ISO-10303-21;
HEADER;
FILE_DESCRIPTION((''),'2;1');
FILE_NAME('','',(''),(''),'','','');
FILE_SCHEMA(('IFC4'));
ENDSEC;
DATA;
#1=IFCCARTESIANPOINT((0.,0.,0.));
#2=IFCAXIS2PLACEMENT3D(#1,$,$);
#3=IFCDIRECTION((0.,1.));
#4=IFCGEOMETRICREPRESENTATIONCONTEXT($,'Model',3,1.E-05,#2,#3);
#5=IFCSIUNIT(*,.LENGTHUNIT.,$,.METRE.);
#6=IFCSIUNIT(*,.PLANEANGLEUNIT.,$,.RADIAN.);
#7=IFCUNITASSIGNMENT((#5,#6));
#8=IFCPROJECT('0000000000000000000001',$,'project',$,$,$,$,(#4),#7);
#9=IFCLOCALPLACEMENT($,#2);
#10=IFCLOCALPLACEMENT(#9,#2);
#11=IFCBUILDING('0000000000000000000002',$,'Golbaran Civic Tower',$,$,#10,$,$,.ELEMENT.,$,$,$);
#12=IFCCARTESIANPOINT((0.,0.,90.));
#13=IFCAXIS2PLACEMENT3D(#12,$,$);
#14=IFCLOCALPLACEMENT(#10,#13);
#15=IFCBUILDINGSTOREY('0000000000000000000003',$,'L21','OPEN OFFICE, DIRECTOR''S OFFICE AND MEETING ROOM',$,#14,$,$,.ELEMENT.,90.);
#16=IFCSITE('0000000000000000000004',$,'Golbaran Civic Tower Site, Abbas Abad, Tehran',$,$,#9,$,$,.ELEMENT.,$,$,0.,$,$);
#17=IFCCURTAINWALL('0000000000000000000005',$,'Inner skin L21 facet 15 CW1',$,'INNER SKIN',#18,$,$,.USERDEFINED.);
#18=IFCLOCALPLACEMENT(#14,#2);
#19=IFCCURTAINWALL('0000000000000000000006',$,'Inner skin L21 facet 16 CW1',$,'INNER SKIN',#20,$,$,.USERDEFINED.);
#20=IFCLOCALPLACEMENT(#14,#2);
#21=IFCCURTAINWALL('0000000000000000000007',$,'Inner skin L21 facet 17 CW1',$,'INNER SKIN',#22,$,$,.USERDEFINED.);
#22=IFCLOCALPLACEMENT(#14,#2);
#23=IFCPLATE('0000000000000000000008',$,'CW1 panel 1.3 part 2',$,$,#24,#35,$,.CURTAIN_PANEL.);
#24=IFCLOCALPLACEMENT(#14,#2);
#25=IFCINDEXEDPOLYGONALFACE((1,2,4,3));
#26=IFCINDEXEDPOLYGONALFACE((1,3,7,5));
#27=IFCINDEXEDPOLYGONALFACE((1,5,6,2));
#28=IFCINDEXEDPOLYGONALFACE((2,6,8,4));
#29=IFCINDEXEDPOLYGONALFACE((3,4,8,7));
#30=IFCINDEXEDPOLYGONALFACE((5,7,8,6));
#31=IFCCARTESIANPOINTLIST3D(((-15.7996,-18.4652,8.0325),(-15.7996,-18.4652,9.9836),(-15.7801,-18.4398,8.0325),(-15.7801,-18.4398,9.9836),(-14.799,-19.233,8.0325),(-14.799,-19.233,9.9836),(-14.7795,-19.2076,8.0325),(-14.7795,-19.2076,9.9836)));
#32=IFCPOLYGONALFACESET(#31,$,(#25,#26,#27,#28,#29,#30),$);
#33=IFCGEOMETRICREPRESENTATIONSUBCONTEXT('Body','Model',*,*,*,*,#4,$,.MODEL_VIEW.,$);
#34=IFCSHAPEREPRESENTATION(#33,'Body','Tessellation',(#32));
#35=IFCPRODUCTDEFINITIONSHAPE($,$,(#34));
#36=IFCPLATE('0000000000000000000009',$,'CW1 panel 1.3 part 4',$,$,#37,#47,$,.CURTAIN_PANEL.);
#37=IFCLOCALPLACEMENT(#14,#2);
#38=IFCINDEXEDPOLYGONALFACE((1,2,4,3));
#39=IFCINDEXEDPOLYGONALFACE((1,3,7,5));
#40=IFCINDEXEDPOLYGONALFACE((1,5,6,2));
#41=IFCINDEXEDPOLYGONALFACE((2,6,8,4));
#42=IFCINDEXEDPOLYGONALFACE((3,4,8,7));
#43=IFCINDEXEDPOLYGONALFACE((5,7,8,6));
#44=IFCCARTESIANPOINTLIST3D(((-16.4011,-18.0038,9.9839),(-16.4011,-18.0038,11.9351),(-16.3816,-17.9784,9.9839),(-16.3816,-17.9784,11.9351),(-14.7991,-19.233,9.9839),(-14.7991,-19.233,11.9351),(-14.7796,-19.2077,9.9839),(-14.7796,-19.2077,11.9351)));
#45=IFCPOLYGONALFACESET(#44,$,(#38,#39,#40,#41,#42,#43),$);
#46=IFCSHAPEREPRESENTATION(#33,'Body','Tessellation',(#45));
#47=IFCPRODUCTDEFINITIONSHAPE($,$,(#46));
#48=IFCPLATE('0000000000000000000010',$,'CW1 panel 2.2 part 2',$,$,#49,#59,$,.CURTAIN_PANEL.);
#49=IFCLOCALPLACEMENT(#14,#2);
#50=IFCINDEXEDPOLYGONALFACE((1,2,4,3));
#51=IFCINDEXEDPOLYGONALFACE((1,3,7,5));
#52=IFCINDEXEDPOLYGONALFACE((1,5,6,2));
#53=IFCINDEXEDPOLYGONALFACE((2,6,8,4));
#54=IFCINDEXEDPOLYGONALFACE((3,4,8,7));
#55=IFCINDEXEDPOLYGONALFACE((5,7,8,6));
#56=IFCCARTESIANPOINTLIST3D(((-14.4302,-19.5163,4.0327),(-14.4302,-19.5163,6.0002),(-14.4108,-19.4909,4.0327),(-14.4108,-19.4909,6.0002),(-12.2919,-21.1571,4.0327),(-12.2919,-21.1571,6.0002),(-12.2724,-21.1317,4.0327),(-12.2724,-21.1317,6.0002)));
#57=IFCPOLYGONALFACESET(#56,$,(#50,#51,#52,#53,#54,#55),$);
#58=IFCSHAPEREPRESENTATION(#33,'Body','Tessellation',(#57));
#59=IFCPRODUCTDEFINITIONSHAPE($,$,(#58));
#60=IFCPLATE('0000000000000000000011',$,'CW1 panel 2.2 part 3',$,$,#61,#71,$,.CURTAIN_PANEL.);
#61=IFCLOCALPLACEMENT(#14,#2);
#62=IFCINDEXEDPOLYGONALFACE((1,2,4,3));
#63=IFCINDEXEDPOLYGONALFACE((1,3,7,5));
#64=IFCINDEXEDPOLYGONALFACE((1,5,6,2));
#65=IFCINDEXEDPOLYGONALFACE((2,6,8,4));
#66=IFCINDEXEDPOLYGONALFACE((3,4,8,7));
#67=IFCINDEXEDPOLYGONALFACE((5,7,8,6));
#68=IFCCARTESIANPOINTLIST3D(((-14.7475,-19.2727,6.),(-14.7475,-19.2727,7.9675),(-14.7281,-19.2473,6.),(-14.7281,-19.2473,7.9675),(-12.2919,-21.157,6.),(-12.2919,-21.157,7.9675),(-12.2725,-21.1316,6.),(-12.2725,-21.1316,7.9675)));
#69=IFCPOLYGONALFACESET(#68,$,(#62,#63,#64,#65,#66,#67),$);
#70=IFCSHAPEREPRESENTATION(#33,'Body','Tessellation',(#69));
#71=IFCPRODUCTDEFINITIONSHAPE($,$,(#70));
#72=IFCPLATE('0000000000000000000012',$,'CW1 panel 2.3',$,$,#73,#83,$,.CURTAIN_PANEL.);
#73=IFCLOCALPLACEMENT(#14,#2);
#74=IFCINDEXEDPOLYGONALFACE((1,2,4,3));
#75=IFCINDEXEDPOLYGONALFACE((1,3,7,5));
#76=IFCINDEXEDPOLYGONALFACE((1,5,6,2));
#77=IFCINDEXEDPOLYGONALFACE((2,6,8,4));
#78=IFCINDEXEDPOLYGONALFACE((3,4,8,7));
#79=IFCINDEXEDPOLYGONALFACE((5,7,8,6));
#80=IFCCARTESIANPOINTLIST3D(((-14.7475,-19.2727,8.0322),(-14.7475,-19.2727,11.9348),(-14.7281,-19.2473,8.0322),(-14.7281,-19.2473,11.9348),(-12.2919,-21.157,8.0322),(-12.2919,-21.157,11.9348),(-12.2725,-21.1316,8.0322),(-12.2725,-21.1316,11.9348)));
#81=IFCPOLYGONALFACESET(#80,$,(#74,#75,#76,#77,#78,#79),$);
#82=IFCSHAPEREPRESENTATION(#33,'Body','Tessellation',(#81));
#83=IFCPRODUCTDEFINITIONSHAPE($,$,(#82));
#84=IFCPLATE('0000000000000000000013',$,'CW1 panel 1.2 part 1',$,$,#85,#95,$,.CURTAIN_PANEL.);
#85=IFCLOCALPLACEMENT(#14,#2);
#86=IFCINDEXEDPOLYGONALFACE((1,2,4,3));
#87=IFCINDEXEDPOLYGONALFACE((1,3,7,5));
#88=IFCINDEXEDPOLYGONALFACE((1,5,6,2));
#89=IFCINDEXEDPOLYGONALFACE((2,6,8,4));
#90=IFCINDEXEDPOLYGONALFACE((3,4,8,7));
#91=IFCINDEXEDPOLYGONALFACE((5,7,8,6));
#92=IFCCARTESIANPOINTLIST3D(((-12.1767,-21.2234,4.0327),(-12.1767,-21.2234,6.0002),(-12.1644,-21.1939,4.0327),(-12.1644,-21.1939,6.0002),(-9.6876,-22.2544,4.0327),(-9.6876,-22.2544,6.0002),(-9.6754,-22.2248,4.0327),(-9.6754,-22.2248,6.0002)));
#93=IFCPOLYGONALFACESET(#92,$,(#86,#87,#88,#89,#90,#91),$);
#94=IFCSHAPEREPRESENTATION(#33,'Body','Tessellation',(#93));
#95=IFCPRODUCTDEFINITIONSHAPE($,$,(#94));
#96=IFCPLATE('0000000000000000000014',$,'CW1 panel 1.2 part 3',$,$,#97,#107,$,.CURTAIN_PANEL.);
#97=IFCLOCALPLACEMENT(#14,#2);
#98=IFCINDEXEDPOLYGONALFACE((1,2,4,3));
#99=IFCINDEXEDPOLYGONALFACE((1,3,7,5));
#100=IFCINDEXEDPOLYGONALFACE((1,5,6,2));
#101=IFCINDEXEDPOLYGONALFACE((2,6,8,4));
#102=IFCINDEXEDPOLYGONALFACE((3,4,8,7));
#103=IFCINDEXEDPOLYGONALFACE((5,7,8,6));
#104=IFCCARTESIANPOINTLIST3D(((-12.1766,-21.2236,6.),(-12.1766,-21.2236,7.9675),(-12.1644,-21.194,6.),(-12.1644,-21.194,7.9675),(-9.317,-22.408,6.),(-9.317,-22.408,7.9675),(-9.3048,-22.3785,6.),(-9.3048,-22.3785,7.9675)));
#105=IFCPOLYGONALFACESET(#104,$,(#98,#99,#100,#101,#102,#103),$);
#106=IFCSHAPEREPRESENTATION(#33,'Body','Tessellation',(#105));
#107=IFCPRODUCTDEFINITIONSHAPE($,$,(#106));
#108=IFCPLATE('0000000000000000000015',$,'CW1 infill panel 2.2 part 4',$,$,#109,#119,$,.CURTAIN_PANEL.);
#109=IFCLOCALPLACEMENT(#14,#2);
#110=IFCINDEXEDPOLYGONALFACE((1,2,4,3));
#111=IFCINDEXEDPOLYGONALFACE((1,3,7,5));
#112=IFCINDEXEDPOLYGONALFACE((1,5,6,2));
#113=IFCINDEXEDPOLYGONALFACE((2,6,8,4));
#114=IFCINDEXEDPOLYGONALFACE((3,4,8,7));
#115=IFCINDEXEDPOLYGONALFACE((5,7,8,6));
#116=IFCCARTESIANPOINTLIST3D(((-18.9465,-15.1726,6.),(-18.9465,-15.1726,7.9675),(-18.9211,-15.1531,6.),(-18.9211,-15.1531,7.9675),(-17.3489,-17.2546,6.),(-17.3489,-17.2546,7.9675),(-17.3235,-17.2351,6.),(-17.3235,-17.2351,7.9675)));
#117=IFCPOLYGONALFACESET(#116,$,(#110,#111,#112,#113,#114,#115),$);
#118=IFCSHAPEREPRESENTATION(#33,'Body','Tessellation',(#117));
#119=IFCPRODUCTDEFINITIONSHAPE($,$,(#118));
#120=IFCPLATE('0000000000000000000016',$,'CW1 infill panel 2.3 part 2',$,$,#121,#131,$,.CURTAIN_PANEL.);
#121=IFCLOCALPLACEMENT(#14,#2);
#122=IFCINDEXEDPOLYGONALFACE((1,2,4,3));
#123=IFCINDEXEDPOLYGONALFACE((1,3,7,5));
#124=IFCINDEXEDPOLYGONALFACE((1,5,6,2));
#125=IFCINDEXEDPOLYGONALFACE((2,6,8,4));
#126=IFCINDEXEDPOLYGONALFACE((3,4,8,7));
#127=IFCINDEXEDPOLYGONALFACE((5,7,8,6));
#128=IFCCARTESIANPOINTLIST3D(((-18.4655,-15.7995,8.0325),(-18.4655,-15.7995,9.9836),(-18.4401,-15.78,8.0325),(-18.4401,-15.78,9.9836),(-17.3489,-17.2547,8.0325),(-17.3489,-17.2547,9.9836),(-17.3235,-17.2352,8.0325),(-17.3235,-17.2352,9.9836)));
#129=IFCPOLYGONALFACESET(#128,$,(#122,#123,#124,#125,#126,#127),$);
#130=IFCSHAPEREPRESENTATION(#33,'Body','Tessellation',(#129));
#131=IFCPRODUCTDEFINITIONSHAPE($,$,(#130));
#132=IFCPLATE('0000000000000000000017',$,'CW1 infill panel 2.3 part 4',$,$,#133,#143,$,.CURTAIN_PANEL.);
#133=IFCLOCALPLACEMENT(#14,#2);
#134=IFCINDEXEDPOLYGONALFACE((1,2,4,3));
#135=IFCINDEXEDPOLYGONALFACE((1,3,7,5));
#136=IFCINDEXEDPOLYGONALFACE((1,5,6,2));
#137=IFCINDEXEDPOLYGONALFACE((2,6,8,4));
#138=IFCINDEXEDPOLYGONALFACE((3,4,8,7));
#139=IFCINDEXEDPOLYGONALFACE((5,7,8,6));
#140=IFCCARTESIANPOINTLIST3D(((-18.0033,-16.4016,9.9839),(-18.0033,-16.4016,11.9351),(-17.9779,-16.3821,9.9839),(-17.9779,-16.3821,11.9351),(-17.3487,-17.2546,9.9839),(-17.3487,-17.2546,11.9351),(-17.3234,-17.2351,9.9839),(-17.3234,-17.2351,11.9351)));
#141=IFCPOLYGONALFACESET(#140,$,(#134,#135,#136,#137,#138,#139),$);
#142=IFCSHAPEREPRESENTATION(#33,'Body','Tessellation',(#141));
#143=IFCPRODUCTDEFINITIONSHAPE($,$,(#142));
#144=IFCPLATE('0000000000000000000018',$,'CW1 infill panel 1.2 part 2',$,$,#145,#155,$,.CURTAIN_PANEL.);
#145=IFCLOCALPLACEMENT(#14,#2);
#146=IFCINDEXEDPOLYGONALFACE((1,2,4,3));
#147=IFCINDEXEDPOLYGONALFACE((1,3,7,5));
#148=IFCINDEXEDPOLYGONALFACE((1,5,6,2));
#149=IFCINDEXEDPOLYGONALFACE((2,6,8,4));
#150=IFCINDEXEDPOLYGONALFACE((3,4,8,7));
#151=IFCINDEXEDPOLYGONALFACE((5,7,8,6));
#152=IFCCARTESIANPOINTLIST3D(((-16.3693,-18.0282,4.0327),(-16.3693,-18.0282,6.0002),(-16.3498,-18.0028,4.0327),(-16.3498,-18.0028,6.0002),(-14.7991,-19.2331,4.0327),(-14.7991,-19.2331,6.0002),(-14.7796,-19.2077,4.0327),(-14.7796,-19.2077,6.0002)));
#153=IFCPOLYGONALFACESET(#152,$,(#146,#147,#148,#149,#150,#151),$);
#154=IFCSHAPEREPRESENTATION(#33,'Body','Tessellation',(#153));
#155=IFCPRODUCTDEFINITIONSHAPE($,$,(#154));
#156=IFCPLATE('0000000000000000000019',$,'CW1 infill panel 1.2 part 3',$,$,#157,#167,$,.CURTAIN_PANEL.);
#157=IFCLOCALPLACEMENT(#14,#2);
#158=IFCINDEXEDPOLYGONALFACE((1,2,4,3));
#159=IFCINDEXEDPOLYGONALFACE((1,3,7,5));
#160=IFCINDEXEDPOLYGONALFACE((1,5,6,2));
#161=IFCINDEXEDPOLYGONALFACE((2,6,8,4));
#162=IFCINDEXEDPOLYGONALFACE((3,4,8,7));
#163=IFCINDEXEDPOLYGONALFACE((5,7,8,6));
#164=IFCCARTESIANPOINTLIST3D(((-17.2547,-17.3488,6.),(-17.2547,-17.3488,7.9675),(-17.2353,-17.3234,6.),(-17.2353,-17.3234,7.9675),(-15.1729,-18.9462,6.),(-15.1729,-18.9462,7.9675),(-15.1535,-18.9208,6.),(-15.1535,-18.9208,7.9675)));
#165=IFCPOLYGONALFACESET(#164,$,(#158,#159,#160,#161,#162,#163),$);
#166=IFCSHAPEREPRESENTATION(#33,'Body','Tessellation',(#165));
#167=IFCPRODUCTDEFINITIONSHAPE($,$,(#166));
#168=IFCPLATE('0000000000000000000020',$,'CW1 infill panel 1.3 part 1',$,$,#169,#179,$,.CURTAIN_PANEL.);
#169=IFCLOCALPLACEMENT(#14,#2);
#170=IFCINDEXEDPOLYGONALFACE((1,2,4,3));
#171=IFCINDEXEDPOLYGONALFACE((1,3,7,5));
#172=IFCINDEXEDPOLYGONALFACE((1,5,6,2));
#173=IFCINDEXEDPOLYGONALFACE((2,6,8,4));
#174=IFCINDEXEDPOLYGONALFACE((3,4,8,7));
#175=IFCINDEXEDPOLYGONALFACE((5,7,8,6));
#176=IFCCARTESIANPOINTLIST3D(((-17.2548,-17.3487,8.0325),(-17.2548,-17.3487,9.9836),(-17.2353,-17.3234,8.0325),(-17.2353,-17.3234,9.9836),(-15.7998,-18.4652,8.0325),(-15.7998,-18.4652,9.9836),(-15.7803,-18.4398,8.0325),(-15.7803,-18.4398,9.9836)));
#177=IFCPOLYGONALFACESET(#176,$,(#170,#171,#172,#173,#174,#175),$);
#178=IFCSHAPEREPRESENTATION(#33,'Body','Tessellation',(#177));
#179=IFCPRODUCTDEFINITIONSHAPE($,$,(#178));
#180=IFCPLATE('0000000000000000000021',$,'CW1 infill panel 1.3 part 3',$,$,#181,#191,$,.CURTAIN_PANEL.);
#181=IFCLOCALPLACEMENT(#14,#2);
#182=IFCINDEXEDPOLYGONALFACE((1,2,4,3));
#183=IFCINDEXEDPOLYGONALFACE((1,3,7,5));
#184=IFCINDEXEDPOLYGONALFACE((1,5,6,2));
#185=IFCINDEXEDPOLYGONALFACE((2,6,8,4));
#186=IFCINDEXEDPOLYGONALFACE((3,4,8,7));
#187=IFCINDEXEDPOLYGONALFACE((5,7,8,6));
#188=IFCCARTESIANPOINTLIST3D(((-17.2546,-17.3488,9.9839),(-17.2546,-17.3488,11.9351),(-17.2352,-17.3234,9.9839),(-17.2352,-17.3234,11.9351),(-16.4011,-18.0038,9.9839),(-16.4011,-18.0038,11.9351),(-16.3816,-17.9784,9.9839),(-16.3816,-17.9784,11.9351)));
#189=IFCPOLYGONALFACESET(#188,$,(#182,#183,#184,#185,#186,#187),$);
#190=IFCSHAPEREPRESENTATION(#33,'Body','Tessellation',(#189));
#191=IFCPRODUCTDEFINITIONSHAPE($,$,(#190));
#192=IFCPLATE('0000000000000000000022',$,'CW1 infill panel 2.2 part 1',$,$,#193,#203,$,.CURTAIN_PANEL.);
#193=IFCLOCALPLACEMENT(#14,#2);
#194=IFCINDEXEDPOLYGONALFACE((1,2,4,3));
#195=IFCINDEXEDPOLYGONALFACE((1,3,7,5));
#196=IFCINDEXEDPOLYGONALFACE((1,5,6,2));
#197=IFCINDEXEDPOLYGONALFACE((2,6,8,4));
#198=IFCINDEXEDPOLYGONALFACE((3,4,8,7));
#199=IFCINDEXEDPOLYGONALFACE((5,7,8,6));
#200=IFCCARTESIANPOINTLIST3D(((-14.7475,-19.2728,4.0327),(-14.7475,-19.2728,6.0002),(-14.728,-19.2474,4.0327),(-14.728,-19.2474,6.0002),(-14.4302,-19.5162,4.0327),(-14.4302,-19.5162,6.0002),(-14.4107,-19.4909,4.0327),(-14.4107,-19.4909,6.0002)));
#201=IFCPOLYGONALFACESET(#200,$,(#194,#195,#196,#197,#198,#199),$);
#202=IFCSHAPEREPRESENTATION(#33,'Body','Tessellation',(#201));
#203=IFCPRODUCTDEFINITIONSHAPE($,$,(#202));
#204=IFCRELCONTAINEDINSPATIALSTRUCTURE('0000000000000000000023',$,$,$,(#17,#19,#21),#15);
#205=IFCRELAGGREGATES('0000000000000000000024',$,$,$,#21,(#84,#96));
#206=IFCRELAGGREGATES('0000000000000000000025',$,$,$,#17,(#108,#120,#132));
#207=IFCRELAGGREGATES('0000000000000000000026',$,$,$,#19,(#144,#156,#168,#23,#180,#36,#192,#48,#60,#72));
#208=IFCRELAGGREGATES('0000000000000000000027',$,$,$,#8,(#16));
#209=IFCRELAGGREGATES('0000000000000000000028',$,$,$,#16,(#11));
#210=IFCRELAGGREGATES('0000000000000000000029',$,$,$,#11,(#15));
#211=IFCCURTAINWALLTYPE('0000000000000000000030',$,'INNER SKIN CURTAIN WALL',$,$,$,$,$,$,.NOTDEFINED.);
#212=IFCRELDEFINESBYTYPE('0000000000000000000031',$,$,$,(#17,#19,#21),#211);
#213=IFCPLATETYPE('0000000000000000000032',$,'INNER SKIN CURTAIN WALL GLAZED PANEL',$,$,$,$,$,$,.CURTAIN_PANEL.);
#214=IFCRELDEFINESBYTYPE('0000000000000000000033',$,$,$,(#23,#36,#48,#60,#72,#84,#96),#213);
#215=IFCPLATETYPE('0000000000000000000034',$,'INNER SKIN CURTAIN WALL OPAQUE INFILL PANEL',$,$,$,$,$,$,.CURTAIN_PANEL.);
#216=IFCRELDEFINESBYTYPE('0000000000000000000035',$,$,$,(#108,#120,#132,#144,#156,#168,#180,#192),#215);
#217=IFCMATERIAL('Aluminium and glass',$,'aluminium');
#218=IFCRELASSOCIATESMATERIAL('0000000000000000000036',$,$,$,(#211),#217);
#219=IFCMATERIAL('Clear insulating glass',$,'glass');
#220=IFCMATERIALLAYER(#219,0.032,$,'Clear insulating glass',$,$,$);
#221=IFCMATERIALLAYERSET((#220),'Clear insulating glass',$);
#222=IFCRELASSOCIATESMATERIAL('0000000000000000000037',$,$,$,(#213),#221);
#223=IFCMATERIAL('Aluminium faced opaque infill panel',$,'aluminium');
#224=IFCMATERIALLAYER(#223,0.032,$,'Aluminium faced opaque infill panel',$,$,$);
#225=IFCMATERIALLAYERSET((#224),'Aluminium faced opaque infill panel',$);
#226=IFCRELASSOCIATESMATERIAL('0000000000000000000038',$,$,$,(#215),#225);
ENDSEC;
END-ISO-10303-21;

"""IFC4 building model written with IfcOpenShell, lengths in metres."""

from ifc_helpers import new_model, si_unit, direction, frame, origin, origin_2d, place, context, subcontext, project, spatial, rectangle, extrude, material, layer, layer_set, type_object, element, aggregate, save


model = new_model("IFC4")

# Units and contexts
model_context = context("Model", 3, precision=1e-05, world=origin(), true_north=direction((0.0, 1.0)))
body_context = subcontext(model_context, "Body", "Model", "MODEL_VIEW")
ifc_project = project(units=[si_unit("LENGTHUNIT", "METRE"), si_unit("PLANEANGLEUNIT", "RADIAN")], contexts=[model_context])

# Site, building, storey
site_placement = place(None, origin())
site = spatial("IfcSite", under=ifc_project, at=site_placement, Name="Golbaran Civic Tower Site, Abbas Abad, Tehran", CompositionType="ELEMENT", RefElevation=0.0)
building_placement = place(site_placement, origin())
building = spatial("IfcBuilding", under=site, at=building_placement, Name="Golbaran Civic Tower", CompositionType="ELEMENT")
storey_placement = place(building_placement, frame((0.0, 0.0, 90.0)))
storey = spatial("IfcBuildingStorey", under=building, at=storey_placement, Name="L21", Description="OPEN OFFICE, DIRECTOR'S OFFICE AND MEETING ROOM", CompositionType="ELEMENT", Elevation=90.0)

# Curtain walls
ifc_material_1 = material(Name="Aluminium and glass", Category="aluminium")
curtain_wall_type = type_object("IfcCurtainWallType", Name="INNER SKIN CURTAIN WALL", PredefinedType="NOTDEFINED", material=ifc_material_1)
curtain_wall_1_placement = place(storey_placement, origin())
curtain_wall_1 = element("IfcCurtainWall", 1, at=curtain_wall_1_placement, inside=storey, type_object=curtain_wall_type, Name="Inner skin L21 facet 15 CW1", ObjectType="INNER SKIN", PredefinedType="USERDEFINED")
curtain_wall_2_placement = place(storey_placement, origin())
curtain_wall_2 = element("IfcCurtainWall", 2, at=curtain_wall_2_placement, inside=storey, type_object=curtain_wall_type, Name="Inner skin L21 facet 16 CW1", ObjectType="INNER SKIN", PredefinedType="USERDEFINED")
curtain_wall_3_placement = place(storey_placement, origin())
curtain_wall_3 = element("IfcCurtainWall", 3, at=curtain_wall_3_placement, inside=storey, type_object=curtain_wall_type, Name="Inner skin L21 facet 17 CW1", ObjectType="INNER SKIN", PredefinedType="USERDEFINED")

# Plates
ifc_material_2 = material(Name="Clear insulating glass", Category="glass")
ifc_layer_1 = layer(ifc_material_2, 0.032, Name="Clear insulating glass")
ifc_layer_set_1 = layer_set([ifc_layer_1], Name="Clear insulating glass")
plate_type_1 = type_object("IfcPlateType", Name="INNER SKIN CURTAIN WALL GLAZED PANEL", PredefinedType="CURTAIN_PANEL", material=ifc_layer_set_1)
plate_1_placement = place(storey_placement, frame((-15.2896, -18.8364, 8.0325), z_axis=(0.0, 0.0, 1.0), x_axis=(0.793353, -0.608761, 0.0)))
plate_1 = element("IfcPlate", 4, at=plate_1_placement, type_object=plate_type_1, Name="CW1 panel 1.3 part 2", PredefinedType="CURTAIN_PANEL", context=body_context, shape_type="SweptSolid", body=[
    extrude(rectangle(XDim=1.2612, YDim=0.032, at=origin_2d()), origin(), (0.0, 0.0, 1.0), 1.9512),
])
plate_2_placement = place(storey_placement, frame((-15.5903, -18.6057, 9.9839), z_axis=(0.0, 0.0, 1.0), x_axis=(0.793353, -0.608761, 0.0)))
plate_2 = element("IfcPlate", 5, at=plate_2_placement, type_object=plate_type_1, Name="CW1 panel 1.3 part 4", PredefinedType="CURTAIN_PANEL", context=body_context, shape_type="SweptSolid", body=[
    extrude(rectangle(XDim=2.0193, YDim=0.032, at=origin_2d()), origin(), (0.0, 0.0, 1.0), 1.9512),
])
plate_3_placement = place(storey_placement, frame((-13.3513, -20.324, 4.0327), z_axis=(0.0, 0.0, 1.0), x_axis=(0.793353, -0.608761, 0.0)))
plate_3 = element("IfcPlate", 6, at=plate_3_placement, type_object=plate_type_1, Name="CW1 panel 2.2 part 2", PredefinedType="CURTAIN_PANEL", context=body_context, shape_type="SweptSolid", body=[
    extrude(rectangle(XDim=2.6953, YDim=0.032, at=origin_2d()), origin(), (0.0, 0.0, 1.0), 1.9675),
])
plate_4_placement = place(storey_placement, frame((-13.51, -20.2021, 6.0), z_axis=(0.0, 0.0, 1.0), x_axis=(0.793353, -0.608761, 0.0)))
plate_4 = element("IfcPlate", 7, at=plate_4_placement, type_object=plate_type_1, Name="CW1 panel 2.2 part 3", PredefinedType="CURTAIN_PANEL", context=body_context, shape_type="SweptSolid", body=[
    extrude(rectangle(XDim=3.0952, YDim=0.032, at=origin_2d()), origin(), (0.0, 0.0, 1.0), 1.9675),
])
plate_5_placement = place(storey_placement, frame((-13.51, -20.2021, 8.0322), z_axis=(0.0, 0.0, 1.0), x_axis=(0.793353, -0.608761, 0.0)))
plate_5 = element("IfcPlate", 8, at=plate_5_placement, type_object=plate_type_1, Name="CW1 panel 2.3", PredefinedType="CURTAIN_PANEL", context=body_context, shape_type="SweptSolid", body=[
    extrude(rectangle(XDim=3.0952, YDim=0.032, at=origin_2d()), origin(), (0.0, 0.0, 1.0), 3.9026),
])
plate_6_placement = place(storey_placement, frame((-10.926, -21.7241, 4.0327), z_axis=(0.0, 0.0, 1.0), x_axis=(0.92388, -0.382683, 0.0)))
plate_6 = element("IfcPlate", 9, at=plate_6_placement, type_object=plate_type_1, Name="CW1 panel 1.2 part 1", PredefinedType="CURTAIN_PANEL", context=body_context, shape_type="SweptSolid", body=[
    extrude(rectangle(XDim=2.6941, YDim=0.032, at=origin_2d()), origin(), (0.0, 0.0, 1.0), 1.9675),
])
plate_7_placement = place(storey_placement, frame((-10.7407, -21.801, 6.0), z_axis=(0.0, 0.0, 1.0), x_axis=(0.92388, -0.382683, 0.0)))
plate_7 = element("IfcPlate", 10, at=plate_7_placement, type_object=plate_type_1, Name="CW1 panel 1.2 part 3", PredefinedType="CURTAIN_PANEL", context=body_context, shape_type="SweptSolid", body=[
    extrude(rectangle(XDim=3.0952, YDim=0.032, at=origin_2d()), origin(), (0.0, 0.0, 1.0), 1.9675),
])
aggregate(curtain_wall_3, [plate_6, plate_7])
ifc_material_3 = material(Name="Aluminium faced opaque infill panel", Category="aluminium")
ifc_layer_2 = layer(ifc_material_3, 0.032, Name="Aluminium faced opaque infill panel")
ifc_layer_set_2 = layer_set([ifc_layer_2], Name="Aluminium faced opaque infill panel")
plate_type_2 = type_object("IfcPlateType", Name="INNER SKIN CURTAIN WALL OPAQUE INFILL PANEL", PredefinedType="CURTAIN_PANEL", material=ifc_layer_set_2)
plate_8_placement = place(storey_placement, frame((-18.135, -16.2039, 6.0), z_axis=(0.0, 0.0, 1.0), x_axis=(0.608761, -0.793353, 0.0)))
plate_8 = element("IfcPlate", 11, at=plate_8_placement, type_object=plate_type_2, Name="CW1 infill panel 2.2 part 4", PredefinedType="CURTAIN_PANEL", context=body_context, shape_type="SweptSolid", body=[
    extrude(rectangle(XDim=2.6243, YDim=0.032, at=origin_2d()), origin(), (0.0, 0.0, 1.0), 1.9675),
])
plate_9_placement = place(storey_placement, frame((-17.8945, -16.5173, 8.0325), z_axis=(0.0, 0.0, 1.0), x_axis=(0.608761, -0.793353, 0.0)))
plate_9 = element("IfcPlate", 12, at=plate_9_placement, type_object=plate_type_2, Name="CW1 infill panel 2.3 part 2", PredefinedType="CURTAIN_PANEL", context=body_context, shape_type="SweptSolid", body=[
    extrude(rectangle(XDim=1.8342, YDim=0.032, at=origin_2d()), origin(), (0.0, 0.0, 1.0), 1.9512),
])
plate_10_placement = place(storey_placement, frame((-17.6633, -16.8184, 9.9839), z_axis=(0.0, 0.0, 1.0), x_axis=(0.608761, -0.793353, 0.0)))
plate_10 = element("IfcPlate", 13, at=plate_10_placement, type_object=plate_type_2, Name="CW1 infill panel 2.3 part 4", PredefinedType="CURTAIN_PANEL", context=body_context, shape_type="SweptSolid", body=[
    extrude(rectangle(XDim=1.0752, YDim=0.032, at=origin_2d()), origin(), (0.0, 0.0, 1.0), 1.9512),
])
aggregate(curtain_wall_1, [plate_8, plate_9, plate_10])
plate_11_placement = place(storey_placement, frame((-15.5745, -18.6179, 4.0327), z_axis=(0.0, 0.0, 1.0), x_axis=(0.793353, -0.608761, 0.0)))
plate_11 = element("IfcPlate", 14, at=plate_11_placement, type_object=plate_type_2, Name="CW1 infill panel 1.2 part 2", PredefinedType="CURTAIN_PANEL", context=body_context, shape_type="SweptSolid", body=[
    extrude(rectangle(XDim=1.9792, YDim=0.032, at=origin_2d()), origin(), (0.0, 0.0, 1.0), 1.9675),
])
plate_12_placement = place(storey_placement, frame((-16.2041, -18.1348, 6.0), z_axis=(0.0, 0.0, 1.0), x_axis=(0.793353, -0.608761, 0.0)))
plate_12 = element("IfcPlate", 15, at=plate_12_placement, type_object=plate_type_2, Name="CW1 infill panel 1.2 part 3", PredefinedType="CURTAIN_PANEL", context=body_context, shape_type="SweptSolid", body=[
    extrude(rectangle(XDim=2.624, YDim=0.032, at=origin_2d()), origin(), (0.0, 0.0, 1.0), 1.9675),
])
plate_13_placement = place(storey_placement, frame((-16.5176, -17.8943, 8.0325), z_axis=(0.0, 0.0, 1.0), x_axis=(0.793353, -0.608761, 0.0)))
plate_13 = element("IfcPlate", 16, at=plate_13_placement, type_object=plate_type_2, Name="CW1 infill panel 1.3 part 1", PredefinedType="CURTAIN_PANEL", context=body_context, shape_type="SweptSolid", body=[
    extrude(rectangle(XDim=1.834, YDim=0.032, at=origin_2d()), origin(), (0.0, 0.0, 1.0), 1.9512),
])
plate_14_placement = place(storey_placement, frame((-16.8181, -17.6636, 9.9839), z_axis=(0.0, 0.0, 1.0), x_axis=(0.793353, -0.608761, 0.0)))
plate_14 = element("IfcPlate", 17, at=plate_14_placement, type_object=plate_type_2, Name="CW1 infill panel 1.3 part 3", PredefinedType="CURTAIN_PANEL", context=body_context, shape_type="SweptSolid", body=[
    extrude(rectangle(XDim=1.0759, YDim=0.032, at=origin_2d()), origin(), (0.0, 0.0, 1.0), 1.9512),
])
plate_15_placement = place(storey_placement, frame((-14.5791, -19.3818, 4.0327), z_axis=(0.0, 0.0, 1.0), x_axis=(0.793353, -0.608761, 0.0)))
plate_15 = element("IfcPlate", 18, at=plate_15_placement, type_object=plate_type_2, Name="CW1 infill panel 2.2 part 1", PredefinedType="CURTAIN_PANEL", context=body_context, shape_type="SweptSolid", body=[
    extrude(rectangle(XDim=0.3999, YDim=0.032, at=origin_2d()), origin(), (0.0, 0.0, 1.0), 1.9675),
])
aggregate(curtain_wall_2, [plate_11, plate_12, plate_13, plate_1, plate_14, plate_2, plate_15, plate_3, plate_4, plate_5])

save(model, "model.ifc")
